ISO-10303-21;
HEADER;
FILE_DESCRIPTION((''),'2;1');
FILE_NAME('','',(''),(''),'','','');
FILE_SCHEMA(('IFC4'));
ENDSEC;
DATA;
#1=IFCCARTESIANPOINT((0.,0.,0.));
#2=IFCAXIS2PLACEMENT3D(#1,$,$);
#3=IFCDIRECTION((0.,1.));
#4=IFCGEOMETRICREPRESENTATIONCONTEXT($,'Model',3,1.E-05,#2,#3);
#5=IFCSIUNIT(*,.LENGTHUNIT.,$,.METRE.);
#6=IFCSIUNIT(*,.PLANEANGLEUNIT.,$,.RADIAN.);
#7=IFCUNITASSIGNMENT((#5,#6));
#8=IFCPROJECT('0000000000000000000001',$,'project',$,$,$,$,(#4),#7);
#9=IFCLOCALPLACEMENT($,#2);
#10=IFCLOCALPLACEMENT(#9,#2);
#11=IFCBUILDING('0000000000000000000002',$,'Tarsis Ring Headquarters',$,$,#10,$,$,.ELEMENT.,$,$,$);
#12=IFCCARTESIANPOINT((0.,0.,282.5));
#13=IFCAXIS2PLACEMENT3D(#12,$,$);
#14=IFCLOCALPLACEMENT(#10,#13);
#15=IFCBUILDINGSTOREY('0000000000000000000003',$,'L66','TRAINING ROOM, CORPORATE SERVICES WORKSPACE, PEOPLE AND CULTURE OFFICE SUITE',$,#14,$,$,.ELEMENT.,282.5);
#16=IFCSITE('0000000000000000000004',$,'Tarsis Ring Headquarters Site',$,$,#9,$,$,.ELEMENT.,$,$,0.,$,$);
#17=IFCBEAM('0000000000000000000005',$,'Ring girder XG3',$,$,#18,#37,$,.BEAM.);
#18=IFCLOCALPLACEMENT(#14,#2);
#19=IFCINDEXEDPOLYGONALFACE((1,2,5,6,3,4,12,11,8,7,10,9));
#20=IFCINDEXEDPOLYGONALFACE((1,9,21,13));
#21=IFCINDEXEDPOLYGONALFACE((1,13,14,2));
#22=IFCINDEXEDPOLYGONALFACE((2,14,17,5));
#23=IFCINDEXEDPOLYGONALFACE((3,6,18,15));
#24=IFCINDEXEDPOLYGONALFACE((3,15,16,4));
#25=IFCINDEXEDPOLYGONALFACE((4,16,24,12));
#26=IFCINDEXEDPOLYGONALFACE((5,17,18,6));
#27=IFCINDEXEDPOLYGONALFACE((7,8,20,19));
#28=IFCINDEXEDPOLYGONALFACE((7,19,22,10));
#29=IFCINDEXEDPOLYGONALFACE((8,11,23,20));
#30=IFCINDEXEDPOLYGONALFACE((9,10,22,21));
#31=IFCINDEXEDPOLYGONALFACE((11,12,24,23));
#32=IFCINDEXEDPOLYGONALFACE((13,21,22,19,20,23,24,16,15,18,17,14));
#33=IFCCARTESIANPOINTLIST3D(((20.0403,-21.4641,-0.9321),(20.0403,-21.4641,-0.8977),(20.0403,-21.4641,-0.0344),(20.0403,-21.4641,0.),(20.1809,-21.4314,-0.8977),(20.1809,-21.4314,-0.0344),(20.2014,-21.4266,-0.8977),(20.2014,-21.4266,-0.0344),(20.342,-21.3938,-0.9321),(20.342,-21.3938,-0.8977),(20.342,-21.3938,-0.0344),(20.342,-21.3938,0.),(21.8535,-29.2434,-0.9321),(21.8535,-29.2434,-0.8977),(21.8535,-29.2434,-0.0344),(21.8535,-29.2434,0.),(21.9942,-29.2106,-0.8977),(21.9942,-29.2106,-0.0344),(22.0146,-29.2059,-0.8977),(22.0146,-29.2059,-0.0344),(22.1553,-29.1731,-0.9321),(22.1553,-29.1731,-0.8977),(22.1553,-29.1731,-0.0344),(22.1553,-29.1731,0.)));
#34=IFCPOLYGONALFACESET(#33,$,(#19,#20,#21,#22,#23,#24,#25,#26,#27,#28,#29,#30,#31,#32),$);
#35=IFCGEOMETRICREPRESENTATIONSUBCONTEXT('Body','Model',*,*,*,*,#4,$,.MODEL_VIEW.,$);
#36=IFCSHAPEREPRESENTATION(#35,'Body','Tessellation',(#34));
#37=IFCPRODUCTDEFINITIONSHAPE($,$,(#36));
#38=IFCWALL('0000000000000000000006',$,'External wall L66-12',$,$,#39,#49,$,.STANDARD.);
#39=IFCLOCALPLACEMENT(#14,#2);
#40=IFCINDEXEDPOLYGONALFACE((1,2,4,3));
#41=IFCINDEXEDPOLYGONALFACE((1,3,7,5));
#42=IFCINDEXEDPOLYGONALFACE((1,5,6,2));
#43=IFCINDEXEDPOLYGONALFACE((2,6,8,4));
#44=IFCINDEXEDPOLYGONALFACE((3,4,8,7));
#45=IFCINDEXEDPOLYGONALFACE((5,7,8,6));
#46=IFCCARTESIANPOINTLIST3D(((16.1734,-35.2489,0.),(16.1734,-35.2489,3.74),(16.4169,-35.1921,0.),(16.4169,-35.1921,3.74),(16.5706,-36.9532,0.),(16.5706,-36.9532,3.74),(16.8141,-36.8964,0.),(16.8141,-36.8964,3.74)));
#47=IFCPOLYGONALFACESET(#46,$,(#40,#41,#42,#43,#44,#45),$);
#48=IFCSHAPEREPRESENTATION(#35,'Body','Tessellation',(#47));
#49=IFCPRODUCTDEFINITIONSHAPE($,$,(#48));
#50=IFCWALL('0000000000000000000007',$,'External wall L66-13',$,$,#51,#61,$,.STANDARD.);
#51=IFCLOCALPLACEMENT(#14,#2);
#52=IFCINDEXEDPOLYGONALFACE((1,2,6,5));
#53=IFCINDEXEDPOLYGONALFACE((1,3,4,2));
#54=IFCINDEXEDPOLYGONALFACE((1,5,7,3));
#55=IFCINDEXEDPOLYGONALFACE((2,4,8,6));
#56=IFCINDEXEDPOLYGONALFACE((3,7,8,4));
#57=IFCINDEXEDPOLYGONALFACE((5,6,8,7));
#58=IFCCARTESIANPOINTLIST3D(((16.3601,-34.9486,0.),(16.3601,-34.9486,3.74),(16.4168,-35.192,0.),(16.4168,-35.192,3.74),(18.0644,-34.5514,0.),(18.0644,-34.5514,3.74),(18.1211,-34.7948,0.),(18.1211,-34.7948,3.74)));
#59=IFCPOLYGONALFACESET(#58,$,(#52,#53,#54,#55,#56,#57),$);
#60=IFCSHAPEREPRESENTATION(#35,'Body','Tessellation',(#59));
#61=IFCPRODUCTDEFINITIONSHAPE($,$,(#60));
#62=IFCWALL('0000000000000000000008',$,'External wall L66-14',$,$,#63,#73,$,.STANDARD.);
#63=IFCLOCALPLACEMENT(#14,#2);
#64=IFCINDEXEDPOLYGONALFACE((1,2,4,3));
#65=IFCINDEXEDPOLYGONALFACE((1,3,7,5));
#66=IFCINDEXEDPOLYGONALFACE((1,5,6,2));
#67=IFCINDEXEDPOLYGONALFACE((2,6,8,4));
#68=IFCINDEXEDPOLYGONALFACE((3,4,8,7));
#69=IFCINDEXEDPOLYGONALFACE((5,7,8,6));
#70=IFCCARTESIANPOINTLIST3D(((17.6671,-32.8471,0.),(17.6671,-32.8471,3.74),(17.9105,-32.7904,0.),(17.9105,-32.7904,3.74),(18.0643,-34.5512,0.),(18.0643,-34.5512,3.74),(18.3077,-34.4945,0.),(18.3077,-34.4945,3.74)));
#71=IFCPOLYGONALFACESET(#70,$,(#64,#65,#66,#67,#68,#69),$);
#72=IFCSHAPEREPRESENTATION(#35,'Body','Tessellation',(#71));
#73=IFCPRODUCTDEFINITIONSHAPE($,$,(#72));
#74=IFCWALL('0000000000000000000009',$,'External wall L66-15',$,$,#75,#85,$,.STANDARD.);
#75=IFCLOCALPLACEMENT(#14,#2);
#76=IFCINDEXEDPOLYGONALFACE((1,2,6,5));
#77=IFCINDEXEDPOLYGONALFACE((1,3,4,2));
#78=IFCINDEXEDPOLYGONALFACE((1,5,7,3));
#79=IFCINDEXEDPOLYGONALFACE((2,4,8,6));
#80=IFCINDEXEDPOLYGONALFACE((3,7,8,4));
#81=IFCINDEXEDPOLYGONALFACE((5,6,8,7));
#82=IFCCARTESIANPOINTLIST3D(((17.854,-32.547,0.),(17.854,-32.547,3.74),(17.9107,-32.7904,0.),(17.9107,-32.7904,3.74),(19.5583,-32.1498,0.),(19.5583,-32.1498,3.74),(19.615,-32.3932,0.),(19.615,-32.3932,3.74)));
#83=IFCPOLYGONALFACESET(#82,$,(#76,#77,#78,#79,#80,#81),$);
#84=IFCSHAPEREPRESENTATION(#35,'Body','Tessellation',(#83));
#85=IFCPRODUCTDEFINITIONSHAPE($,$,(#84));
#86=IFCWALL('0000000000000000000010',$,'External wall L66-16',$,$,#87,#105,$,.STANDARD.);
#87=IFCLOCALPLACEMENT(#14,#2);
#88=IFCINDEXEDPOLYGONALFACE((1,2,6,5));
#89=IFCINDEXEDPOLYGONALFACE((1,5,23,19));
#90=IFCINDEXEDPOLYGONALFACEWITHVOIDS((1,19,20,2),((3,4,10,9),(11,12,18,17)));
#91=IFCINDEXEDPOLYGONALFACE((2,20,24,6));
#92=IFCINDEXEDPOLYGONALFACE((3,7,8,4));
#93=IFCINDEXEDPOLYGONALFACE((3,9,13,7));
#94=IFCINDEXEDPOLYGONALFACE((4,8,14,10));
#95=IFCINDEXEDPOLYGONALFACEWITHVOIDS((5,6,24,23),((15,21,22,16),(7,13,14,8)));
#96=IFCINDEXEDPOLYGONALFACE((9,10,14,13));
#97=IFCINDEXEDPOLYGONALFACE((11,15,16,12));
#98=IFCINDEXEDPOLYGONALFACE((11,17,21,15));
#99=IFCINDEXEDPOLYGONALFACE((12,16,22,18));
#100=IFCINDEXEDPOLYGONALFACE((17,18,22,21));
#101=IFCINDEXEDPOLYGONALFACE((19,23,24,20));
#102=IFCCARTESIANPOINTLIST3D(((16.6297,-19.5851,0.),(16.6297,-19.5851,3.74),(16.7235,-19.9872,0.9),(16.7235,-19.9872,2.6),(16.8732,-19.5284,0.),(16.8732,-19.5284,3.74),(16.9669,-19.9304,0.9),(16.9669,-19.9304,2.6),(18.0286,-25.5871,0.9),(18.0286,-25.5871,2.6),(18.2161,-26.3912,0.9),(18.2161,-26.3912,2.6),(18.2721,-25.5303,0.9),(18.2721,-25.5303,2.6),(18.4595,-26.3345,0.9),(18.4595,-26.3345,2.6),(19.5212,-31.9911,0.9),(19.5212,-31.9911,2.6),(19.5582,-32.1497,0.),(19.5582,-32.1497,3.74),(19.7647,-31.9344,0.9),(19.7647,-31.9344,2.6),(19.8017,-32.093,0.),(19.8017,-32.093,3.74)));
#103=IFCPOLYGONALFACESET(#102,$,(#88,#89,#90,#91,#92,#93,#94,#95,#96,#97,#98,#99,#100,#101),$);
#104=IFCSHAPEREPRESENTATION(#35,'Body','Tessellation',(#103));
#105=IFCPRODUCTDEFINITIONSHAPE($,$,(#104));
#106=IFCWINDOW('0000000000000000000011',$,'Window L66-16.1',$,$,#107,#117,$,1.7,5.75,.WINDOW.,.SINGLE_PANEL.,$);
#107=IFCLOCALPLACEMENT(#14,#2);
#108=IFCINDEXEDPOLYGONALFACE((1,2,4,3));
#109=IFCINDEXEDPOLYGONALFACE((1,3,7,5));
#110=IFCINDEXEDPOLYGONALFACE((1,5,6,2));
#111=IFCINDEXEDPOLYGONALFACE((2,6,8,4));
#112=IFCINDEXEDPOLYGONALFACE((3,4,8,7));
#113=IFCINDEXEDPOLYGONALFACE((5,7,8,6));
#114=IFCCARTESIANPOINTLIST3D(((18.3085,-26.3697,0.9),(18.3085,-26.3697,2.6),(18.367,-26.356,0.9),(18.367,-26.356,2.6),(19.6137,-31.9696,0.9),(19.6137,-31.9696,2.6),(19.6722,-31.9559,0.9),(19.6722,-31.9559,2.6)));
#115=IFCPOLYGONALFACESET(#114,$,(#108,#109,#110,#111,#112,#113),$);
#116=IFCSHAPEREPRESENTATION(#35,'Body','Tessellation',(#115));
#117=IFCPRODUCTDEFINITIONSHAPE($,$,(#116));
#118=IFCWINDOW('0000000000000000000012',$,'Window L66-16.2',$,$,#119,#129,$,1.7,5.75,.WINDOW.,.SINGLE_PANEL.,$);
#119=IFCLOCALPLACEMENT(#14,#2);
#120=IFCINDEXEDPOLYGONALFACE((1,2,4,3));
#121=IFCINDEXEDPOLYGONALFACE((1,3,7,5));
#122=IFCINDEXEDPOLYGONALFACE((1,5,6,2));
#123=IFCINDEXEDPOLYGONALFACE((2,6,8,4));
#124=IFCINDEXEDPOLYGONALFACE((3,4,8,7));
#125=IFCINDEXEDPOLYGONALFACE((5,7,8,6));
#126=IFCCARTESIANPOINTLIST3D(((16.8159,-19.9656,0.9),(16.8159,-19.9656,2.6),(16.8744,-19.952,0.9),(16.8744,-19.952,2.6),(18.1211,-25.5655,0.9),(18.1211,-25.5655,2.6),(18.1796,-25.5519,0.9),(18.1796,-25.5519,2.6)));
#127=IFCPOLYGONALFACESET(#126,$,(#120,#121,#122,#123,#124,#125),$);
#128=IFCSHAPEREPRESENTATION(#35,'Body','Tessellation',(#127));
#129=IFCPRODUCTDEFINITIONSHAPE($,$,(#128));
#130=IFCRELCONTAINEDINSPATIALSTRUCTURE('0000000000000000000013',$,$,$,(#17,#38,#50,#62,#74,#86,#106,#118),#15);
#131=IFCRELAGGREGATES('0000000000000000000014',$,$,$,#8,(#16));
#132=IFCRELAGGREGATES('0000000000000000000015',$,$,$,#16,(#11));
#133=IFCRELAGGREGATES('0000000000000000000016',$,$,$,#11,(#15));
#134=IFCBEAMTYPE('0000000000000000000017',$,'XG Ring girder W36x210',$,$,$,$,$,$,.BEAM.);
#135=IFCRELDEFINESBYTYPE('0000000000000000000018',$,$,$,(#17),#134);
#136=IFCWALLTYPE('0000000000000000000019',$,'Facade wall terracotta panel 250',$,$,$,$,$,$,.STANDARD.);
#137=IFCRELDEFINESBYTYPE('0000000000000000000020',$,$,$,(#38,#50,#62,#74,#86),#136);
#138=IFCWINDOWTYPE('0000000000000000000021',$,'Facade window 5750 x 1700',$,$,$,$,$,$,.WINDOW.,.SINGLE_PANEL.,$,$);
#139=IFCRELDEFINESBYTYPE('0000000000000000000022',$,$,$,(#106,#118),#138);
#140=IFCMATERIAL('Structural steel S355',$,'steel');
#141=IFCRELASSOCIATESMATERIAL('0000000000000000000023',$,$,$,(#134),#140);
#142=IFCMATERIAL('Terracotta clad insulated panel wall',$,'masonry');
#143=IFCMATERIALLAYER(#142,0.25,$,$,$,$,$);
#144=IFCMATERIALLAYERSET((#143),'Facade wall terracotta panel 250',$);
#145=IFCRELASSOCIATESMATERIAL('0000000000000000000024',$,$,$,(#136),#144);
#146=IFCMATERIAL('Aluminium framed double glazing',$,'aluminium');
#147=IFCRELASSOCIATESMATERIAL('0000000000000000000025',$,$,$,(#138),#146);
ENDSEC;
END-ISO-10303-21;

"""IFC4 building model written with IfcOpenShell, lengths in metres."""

from ifc_helpers import new_model, si_unit, direction, frame, frame_2d, origin, origin_2d, place, context, subcontext, project, spatial, rectangle, i_section, extrude, material, layer, layer_set, material_profile, profile_set, type_object, element, fill, save


model = new_model("IFC4")

# Units and contexts
model_context = context("Model", 3, precision=1e-05, world=origin(), true_north=direction((0.0, 1.0)))
body_context = subcontext(model_context, "Body", "Model", "MODEL_VIEW")
ifc_project = project(units=[si_unit("LENGTHUNIT", "METRE"), si_unit("PLANEANGLEUNIT", "RADIAN")], contexts=[model_context])

# Site, building, storey
site_placement = place(None, origin())
site = spatial("IfcSite", under=ifc_project, at=site_placement, Name="Tarsis Ring Headquarters Site", CompositionType="ELEMENT", RefElevation=0.0)
building_placement = place(site_placement, origin())
building = spatial("IfcBuilding", under=site, at=building_placement, Name="Tarsis Ring Headquarters", CompositionType="ELEMENT")
storey_placement = place(building_placement, frame((0.0, 0.0, 282.5)))
storey = spatial("IfcBuildingStorey", under=building, at=storey_placement, Name="L66", Description="TRAINING ROOM, CORPORATE SERVICES WORKSPACE, PEOPLE AND CULTURE OFFICE SUITE", CompositionType="ELEMENT", Elevation=282.5)

# Shared definitions
ifc_material_1 = material(Name="Structural steel S355", Category="steel")

# Beam
ifc_material_profile_1 = material_profile(ifc_material_1, i_section(OverallWidth=0.3098, OverallDepth=0.9321, WebThickness=0.021, FlangeThickness=0.0344, at=origin_2d()), Name="W36x210")
ifc_profile_set_1 = profile_set([ifc_material_profile_1], Name="Structural steel S355")
beam_type = type_object("IfcBeamType", Name="XG Ring girder W36x210", PredefinedType="BEAM", material=ifc_profile_set_1)
for number, where, z_axis, x_axis, name in (
    (1, (22.0044, -29.2083, -0.4661), (-0.227, 0.973895, 0.0), (-0.973895, -0.227, 0.0), "Ring girder XG3"),
):
    element("IfcBeam", number, at=place(storey_placement, frame(where, z_axis=z_axis, x_axis=x_axis)), inside=storey, type_object=beam_type, Name=name, PredefinedType="BEAM", context=body_context, shape_type="SweptSolid", body=[
        extrude(i_section(OverallWidth=0.3098, OverallDepth=0.9321, WebThickness=0.021, FlangeThickness=0.0344, at=origin_2d()), origin(), (0.0, 0.0, 1.0), 7.9878),
    ])

# Walls
ifc_material_2 = material(Name="Terracotta clad insulated panel wall", Category="masonry")
ifc_layer = layer(ifc_material_2, 0.25)
ifc_layer_set = layer_set([ifc_layer], Name="Facade wall terracotta panel 250")
wall_type = type_object("IfcWallType", Name="Facade wall terracotta panel 250", PredefinedType="STANDARD", material=ifc_layer_set)
for number, where, z_axis, x_axis, name in (
    (2, (16.6924, -36.9248, 0.0), (0.0, 0.0, 1.0), (-0.226978, 0.9739, 0.0), "External wall L66-12"),
    (3, (16.3884, -35.0703, 0.0), (0.0, 0.0, 1.0), (0.9739, 0.226978, 0.0), "External wall L66-13"),
):
    element("IfcWall", number, at=place(storey_placement, frame(where, z_axis=z_axis, x_axis=x_axis)), inside=storey, type_object=wall_type, Name=name, PredefinedType="STANDARD", context=body_context, shape_type="SweptSolid", body=[
        extrude(rectangle(XDim=1.75, YDim=0.25, at=frame_2d((0.875, 0.0))), origin(), (0.0, 0.0, 1.0), 3.74),
    ])
wall_1_placement = place(storey_placement, frame((18.186, -34.5229, 0.0), z_axis=(0.0, 0.0, 1.0), x_axis=(-0.227009, 0.973893, 0.0)))
element("IfcWall", 4, at=wall_1_placement, inside=storey, type_object=wall_type, Name="External wall L66-14", PredefinedType="STANDARD", context=body_context, shape_type="SweptSolid", body=[
    extrude(rectangle(XDim=1.7498, YDim=0.25, at=frame_2d((0.875, 0.0))), origin(), (0.0, 0.0, 1.0), 3.74),
])
wall_2_placement = place(storey_placement, frame((17.8823, -32.6687, 0.0), z_axis=(0.0, 0.0, 1.0), x_axis=(0.9739, 0.226978, 0.0)))
element("IfcWall", 5, at=wall_2_placement, inside=storey, type_object=wall_type, Name="External wall L66-15", PredefinedType="STANDARD", context=body_context, shape_type="SweptSolid", body=[
    extrude(rectangle(XDim=1.75, YDim=0.25, at=frame_2d((0.875, 0.0))), origin(), (0.0, 0.0, 1.0), 3.74),
])

# Wall, openings, windows
wall_3_placement = place(storey_placement, frame((19.6799, -32.1213, 0.0), z_axis=(0.0, 0.0, 1.0), x_axis=(-0.226987, 0.973898, 0.0)))
wall_3 = element("IfcWall", 6, at=wall_3_placement, inside=storey, type_object=wall_type, Name="External wall L66-16", PredefinedType="STANDARD", context=body_context, shape_type="SweptSolid", body=[
    extrude(rectangle(XDim=12.9014, YDim=0.25, at=frame_2d((6.4507, 0.0))), origin(), (0.0, 0.0, 1.0), 3.74),
])
opening_1_placement = place(wall_3_placement, frame((0.1628, 0.0, 0.8999)))
opening_1 = element("IfcOpeningElement", 7, at=opening_1_placement, cuts=wall_3, PredefinedType="OPENING", context=body_context, shape_type="SweptSolid", body=[
    extrude(rectangle(XDim=5.75, YDim=1.7, at=frame_2d((2.875, 0.8501))), frame((0.0, 0.135, 0.0), z_axis=(0.0, -1.0, 0.0), x_axis=(1.0, 0.0, 0.0)), (0.0, 0.0, 1.0), 0.27),
])
opening_2_placement = place(wall_3_placement, frame((6.7385, 0.0, 0.8999)))
opening_2 = element("IfcOpeningElement", 8, at=opening_2_placement, cuts=wall_3, PredefinedType="OPENING", context=body_context, shape_type="SweptSolid", body=[
    extrude(rectangle(XDim=5.75, YDim=1.7, at=frame_2d((2.875, 0.8501))), frame((0.0, 0.135, 0.0), z_axis=(0.0, -1.0, 0.0), x_axis=(1.0, 0.0, 0.0)), (0.0, 0.0, 1.0), 0.27),
])
ifc_material_3 = material(Name="Aluminium framed double glazing", Category="aluminium")
window_type = type_object("IfcWindowType", Name="Facade window 5750 x 1700", PartitioningType="SINGLE_PANEL", PredefinedType="WINDOW", material=ifc_material_3)
window_1_placement = place(opening_1_placement, origin())
window_1 = element("IfcWindow", 9, at=window_1_placement, inside=storey, type_object=window_type, Name="Window L66-16.1", OverallHeight=1.7, OverallWidth=5.75, PartitioningType="SINGLE_PANEL", PredefinedType="WINDOW", context=body_context, shape_type="SweptSolid", body=[
    extrude(rectangle(XDim=5.75, YDim=1.7, at=frame_2d((2.875, 0.8501))), frame((0.0, 0.03, 0.0), z_axis=(0.0, -1.0, 0.0), x_axis=(1.0, 0.0, 0.0)), (0.0, 0.0, 1.0), 0.0601),
])
fill(opening_1, window_1)
window_2_placement = place(opening_2_placement, origin())
window_2 = element("IfcWindow", 10, at=window_2_placement, inside=storey, type_object=window_type, Name="Window L66-16.2", OverallHeight=1.7, OverallWidth=5.75, PartitioningType="SINGLE_PANEL", PredefinedType="WINDOW", context=body_context, shape_type="SweptSolid", body=[
    extrude(rectangle(XDim=5.75, YDim=1.7, at=frame_2d((2.875, 0.8501))), frame((0.0, 0.03, 0.0), z_axis=(0.0, -1.0, 0.0), x_axis=(1.0, 0.0, 0.0)), (0.0, 0.0, 1.0), 0.0601),
])
fill(opening_2, window_2)

save(model, "model.ifc")
